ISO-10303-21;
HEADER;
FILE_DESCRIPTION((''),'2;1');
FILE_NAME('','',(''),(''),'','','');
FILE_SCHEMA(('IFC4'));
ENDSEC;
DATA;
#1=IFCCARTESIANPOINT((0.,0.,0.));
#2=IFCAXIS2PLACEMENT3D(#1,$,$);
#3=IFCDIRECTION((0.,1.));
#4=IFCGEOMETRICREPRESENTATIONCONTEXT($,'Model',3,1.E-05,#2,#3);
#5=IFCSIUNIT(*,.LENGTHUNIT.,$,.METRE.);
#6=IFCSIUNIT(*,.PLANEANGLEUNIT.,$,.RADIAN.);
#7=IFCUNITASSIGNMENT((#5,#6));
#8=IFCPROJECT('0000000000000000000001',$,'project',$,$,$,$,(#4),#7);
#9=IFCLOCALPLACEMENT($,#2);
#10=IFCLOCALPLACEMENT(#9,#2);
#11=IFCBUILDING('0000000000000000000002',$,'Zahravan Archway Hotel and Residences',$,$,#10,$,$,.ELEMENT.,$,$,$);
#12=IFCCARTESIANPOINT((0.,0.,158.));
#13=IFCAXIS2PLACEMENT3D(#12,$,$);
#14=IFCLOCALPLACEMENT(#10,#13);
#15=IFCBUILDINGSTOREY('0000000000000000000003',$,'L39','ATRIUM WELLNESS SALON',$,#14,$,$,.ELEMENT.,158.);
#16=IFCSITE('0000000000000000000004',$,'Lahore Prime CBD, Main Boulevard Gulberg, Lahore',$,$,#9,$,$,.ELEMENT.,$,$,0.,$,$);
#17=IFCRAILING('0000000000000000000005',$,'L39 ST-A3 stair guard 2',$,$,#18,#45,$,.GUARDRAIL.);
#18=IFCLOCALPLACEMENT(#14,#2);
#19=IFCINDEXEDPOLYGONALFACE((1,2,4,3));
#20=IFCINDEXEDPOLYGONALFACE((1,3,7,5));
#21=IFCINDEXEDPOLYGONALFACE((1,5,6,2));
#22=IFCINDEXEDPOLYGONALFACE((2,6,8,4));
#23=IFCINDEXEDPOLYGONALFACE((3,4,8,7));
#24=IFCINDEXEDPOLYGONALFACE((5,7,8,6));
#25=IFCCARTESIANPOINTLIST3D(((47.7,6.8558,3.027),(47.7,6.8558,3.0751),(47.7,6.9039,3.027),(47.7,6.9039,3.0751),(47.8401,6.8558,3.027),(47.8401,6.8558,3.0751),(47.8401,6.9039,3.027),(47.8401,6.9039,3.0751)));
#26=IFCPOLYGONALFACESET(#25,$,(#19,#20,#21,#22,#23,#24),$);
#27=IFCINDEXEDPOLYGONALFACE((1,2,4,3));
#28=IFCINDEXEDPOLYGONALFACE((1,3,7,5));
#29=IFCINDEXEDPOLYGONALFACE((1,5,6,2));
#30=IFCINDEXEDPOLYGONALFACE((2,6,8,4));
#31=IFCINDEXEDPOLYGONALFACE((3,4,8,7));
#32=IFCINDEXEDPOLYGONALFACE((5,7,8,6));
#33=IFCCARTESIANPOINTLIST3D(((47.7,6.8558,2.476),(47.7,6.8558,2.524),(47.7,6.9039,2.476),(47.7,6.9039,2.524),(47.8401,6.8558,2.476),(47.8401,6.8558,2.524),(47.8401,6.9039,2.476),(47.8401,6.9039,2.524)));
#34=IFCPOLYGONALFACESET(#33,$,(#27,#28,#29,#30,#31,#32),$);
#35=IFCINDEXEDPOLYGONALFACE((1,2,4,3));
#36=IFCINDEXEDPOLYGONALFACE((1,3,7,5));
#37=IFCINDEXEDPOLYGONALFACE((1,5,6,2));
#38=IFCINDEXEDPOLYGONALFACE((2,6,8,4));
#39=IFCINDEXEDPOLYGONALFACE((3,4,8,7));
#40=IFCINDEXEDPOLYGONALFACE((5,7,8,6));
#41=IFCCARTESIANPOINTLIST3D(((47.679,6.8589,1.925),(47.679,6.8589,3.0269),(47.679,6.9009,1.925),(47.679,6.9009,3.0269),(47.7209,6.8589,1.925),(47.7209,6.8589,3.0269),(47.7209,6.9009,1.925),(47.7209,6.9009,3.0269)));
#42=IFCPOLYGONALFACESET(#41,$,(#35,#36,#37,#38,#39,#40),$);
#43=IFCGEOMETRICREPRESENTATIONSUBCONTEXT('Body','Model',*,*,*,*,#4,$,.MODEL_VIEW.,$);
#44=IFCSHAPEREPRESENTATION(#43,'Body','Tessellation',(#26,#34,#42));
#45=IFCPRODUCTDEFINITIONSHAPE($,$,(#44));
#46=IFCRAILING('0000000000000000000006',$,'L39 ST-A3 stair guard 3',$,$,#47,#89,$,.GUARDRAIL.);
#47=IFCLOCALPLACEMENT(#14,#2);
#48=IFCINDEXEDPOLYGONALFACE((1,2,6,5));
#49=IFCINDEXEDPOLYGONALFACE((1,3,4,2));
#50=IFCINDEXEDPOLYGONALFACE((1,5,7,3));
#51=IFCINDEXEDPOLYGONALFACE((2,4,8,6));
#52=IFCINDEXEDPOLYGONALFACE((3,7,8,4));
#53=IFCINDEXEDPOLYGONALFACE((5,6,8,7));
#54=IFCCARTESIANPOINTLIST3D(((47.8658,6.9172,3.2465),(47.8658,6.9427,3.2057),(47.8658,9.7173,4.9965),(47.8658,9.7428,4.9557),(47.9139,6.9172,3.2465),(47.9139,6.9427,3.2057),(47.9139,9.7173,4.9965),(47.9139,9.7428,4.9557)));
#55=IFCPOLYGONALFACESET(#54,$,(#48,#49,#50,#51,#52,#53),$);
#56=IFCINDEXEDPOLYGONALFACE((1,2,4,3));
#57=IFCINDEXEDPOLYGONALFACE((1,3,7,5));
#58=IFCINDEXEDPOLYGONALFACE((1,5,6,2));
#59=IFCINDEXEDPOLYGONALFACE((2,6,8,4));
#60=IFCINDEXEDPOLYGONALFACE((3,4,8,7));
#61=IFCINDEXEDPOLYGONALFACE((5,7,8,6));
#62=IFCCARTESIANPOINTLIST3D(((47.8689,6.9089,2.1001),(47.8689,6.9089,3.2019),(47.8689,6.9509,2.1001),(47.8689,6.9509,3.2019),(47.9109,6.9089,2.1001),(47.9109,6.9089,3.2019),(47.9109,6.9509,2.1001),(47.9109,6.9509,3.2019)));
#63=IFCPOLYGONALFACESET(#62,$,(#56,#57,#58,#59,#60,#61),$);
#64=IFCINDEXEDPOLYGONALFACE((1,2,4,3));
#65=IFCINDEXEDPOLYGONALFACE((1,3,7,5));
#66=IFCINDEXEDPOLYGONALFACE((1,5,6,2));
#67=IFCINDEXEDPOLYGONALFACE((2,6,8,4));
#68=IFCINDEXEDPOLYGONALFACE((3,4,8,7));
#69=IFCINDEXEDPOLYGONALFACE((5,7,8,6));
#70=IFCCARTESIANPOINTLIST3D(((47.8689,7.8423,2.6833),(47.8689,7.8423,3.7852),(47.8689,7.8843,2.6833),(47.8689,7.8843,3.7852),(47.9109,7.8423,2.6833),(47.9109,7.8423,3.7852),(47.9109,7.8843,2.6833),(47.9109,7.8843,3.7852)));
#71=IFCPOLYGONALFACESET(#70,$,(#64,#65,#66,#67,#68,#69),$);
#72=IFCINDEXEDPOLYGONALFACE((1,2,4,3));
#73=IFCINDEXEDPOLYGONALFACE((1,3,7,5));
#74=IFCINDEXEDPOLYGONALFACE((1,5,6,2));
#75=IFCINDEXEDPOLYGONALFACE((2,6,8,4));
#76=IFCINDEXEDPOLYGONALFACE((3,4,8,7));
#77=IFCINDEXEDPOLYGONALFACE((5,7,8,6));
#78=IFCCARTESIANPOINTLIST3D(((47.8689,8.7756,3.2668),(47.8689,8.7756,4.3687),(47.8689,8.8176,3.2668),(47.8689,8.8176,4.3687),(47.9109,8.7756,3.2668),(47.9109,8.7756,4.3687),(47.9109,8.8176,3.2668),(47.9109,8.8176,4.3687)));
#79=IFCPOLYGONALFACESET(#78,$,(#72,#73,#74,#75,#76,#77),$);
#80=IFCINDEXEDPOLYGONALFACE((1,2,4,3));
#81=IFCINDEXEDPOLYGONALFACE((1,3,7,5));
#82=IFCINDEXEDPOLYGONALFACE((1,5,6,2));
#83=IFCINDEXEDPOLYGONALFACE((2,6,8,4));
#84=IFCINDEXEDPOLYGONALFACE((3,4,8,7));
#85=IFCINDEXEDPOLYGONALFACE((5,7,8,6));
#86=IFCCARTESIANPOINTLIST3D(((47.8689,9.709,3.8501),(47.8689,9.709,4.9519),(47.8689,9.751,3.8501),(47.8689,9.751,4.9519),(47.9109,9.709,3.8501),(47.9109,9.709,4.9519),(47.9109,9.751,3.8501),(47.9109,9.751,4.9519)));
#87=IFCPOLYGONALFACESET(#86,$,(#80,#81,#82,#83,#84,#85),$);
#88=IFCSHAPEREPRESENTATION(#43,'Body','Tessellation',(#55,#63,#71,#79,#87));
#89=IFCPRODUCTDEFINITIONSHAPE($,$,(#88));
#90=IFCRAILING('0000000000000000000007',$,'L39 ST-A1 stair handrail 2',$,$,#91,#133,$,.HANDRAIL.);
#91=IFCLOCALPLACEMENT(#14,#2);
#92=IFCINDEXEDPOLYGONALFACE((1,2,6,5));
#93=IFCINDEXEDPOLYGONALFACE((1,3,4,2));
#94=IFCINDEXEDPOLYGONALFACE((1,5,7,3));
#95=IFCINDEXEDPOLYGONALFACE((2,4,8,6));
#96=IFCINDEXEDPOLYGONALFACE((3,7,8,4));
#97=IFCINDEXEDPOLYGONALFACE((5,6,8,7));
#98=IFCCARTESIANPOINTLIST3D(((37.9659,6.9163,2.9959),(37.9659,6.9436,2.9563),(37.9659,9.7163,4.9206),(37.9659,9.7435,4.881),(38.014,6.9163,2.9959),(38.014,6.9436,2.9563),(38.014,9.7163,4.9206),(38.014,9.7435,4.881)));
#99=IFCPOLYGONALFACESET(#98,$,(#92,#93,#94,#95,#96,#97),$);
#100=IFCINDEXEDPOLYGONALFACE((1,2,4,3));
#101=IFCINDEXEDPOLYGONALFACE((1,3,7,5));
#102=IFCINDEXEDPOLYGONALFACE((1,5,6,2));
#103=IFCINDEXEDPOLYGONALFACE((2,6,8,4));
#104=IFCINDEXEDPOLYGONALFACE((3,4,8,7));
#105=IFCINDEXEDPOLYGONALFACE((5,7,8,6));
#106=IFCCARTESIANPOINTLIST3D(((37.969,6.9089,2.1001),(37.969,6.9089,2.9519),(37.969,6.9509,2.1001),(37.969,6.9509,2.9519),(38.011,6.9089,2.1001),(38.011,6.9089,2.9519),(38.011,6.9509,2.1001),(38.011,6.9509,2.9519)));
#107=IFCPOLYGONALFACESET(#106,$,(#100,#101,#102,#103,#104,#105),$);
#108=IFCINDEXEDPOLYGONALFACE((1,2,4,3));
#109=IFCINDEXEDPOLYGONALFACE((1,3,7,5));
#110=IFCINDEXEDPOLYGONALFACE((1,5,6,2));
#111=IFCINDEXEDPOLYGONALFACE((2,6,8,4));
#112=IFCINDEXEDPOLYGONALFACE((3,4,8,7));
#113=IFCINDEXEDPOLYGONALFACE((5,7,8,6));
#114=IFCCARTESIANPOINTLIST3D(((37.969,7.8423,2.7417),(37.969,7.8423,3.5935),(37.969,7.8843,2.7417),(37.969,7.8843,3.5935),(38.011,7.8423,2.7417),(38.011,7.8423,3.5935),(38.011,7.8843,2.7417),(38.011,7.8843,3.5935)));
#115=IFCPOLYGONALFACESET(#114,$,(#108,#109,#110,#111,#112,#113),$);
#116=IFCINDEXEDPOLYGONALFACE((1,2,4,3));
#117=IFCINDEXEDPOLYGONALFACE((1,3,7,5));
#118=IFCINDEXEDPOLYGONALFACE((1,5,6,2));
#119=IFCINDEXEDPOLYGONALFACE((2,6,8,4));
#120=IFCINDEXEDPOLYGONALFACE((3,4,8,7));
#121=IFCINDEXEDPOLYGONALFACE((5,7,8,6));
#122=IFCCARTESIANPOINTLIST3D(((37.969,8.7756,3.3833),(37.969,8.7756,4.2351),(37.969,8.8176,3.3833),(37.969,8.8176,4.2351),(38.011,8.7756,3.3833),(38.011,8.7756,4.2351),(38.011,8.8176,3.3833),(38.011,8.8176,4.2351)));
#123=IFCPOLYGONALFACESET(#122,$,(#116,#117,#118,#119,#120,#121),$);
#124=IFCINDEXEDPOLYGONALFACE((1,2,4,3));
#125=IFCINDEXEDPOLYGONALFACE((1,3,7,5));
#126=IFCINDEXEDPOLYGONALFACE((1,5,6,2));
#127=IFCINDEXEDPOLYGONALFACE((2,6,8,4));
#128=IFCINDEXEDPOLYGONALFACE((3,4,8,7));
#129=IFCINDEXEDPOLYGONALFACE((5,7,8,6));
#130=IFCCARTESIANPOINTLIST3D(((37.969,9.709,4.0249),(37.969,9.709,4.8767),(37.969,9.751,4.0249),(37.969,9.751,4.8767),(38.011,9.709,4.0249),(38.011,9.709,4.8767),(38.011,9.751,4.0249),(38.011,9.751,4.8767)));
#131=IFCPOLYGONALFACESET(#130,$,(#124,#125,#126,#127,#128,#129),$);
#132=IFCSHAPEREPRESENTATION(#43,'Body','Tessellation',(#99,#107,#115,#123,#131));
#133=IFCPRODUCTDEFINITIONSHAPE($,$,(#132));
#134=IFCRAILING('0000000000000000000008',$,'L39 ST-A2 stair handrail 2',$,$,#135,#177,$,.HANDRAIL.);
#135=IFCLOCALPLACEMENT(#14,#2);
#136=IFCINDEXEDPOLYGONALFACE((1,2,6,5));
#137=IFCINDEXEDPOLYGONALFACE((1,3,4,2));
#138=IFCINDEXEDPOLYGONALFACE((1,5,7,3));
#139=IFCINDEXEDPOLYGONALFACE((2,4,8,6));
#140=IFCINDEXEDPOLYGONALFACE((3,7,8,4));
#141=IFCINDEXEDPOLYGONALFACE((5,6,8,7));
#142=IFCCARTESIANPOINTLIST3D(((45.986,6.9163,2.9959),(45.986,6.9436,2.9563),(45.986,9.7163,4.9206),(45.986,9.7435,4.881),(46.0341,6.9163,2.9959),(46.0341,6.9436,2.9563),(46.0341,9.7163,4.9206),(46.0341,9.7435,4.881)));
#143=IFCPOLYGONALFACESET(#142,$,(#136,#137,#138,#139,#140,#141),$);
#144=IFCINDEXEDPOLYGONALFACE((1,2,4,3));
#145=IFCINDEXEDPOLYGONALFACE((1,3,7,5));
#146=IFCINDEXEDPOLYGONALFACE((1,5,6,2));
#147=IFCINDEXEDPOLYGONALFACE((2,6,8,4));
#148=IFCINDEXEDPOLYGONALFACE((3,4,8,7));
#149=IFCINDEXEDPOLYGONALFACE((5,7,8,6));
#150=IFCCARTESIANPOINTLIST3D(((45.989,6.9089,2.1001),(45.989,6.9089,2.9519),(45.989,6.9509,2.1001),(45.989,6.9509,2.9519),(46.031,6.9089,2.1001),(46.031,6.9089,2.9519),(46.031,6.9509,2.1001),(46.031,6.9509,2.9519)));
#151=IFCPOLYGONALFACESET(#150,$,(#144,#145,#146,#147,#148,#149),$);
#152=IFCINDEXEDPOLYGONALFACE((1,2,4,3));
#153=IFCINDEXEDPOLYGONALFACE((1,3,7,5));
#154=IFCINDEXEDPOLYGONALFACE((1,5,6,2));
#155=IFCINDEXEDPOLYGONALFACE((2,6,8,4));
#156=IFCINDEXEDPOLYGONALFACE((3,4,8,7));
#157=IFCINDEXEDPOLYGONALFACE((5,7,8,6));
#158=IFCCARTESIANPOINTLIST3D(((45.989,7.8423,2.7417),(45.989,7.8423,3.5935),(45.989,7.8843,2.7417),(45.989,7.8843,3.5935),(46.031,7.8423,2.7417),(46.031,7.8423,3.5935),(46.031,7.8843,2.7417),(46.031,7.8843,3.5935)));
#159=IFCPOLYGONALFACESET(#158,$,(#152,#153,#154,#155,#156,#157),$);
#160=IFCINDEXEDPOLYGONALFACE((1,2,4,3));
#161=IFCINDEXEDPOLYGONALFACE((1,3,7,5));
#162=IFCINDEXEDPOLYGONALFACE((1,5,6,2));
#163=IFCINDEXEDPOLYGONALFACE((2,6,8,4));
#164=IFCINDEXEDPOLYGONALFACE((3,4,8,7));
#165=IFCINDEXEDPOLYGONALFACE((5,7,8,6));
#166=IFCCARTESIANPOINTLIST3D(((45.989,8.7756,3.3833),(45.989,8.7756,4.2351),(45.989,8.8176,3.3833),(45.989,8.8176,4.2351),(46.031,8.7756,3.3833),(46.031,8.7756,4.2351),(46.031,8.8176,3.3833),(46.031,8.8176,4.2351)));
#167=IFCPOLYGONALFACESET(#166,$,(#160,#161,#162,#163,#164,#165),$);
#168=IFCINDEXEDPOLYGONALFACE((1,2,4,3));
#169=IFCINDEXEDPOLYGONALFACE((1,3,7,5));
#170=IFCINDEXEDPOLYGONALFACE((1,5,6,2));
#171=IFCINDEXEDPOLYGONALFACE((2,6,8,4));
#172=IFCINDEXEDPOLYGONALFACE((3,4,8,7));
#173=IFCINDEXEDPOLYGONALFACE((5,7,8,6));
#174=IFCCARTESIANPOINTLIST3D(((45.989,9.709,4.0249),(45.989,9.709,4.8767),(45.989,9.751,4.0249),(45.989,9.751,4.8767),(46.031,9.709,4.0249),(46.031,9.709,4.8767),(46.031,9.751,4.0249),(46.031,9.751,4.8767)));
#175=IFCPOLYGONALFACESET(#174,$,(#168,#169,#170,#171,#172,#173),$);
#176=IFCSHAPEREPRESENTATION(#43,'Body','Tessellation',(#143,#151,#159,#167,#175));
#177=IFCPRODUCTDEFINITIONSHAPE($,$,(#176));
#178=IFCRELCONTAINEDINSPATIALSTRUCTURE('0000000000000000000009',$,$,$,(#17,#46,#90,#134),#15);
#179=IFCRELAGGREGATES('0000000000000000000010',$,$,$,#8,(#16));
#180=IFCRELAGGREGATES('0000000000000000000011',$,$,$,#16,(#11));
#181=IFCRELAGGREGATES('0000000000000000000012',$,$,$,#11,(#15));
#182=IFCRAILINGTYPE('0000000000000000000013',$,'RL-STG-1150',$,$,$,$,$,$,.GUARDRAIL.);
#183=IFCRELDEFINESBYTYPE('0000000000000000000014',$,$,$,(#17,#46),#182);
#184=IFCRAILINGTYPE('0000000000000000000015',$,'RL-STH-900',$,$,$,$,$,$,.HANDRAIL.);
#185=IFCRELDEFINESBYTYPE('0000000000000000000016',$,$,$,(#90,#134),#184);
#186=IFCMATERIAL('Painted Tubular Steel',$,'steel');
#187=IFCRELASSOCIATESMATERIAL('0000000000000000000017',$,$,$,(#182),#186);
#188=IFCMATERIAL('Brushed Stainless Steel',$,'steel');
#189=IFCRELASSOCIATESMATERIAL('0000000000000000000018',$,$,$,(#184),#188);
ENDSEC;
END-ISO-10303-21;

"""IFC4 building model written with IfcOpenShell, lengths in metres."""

from ifc_helpers import new_model, si_unit, direction, frame, origin, origin_2d, place, context, subcontext, project, spatial, rectangle, extrude, material, type_object, element, save


model = new_model("IFC4")

# Units and contexts
model_context = context("Model", 3, precision=1e-05, world=origin(), true_north=direction((0.0, 1.0)))
body_context = subcontext(model_context, "Body", "Model", "MODEL_VIEW")
ifc_project = project(units=[si_unit("LENGTHUNIT", "METRE"), si_unit("PLANEANGLEUNIT", "RADIAN")], contexts=[model_context])

# Site, building, storey
site_placement = place(None, origin())
site = spatial("IfcSite", under=ifc_project, at=site_placement, Name="Lahore Prime CBD, Main Boulevard Gulberg, Lahore", CompositionType="ELEMENT", RefElevation=0.0)
building_placement = place(site_placement, origin())
building = spatial("IfcBuilding", under=site, at=building_placement, Name="Zahravan Archway Hotel and Residences", CompositionType="ELEMENT")
storey_placement = place(building_placement, frame((0.0, 0.0, 158.0)))
storey = spatial("IfcBuildingStorey", under=building, at=storey_placement, Name="L39", Description="ATRIUM WELLNESS SALON", CompositionType="ELEMENT", Elevation=158.0)

# Railings
ifc_material_1 = material(Name="Painted Tubular Steel", Category="steel")
railing_type_1 = type_object("IfcRailingType", Name="RL-STG-1150", PredefinedType="GUARDRAIL", material=ifc_material_1)
railing_1_placement = place(storey_placement, frame((47.7, 6.8799, 1.925)))
element("IfcRailing", 1, at=railing_1_placement, inside=storey, type_object=railing_type_1, Name="L39 ST-A3 stair guard 2", PredefinedType="GUARDRAIL", context=body_context, shape_type="SweptSolid", body=[
    extrude(rectangle(XDim=0.0481, YDim=0.0481, at=origin_2d()), frame((0.0, 0.0, 1.126), z_axis=(1.0, 0.0, 0.0), x_axis=(0.0, 1.0, 0.0)), (0.0, 0.0, 1.0), 0.1401),
    extrude(rectangle(XDim=0.0481, YDim=0.0481, at=origin_2d()), frame((0.0, 0.0, 0.575), z_axis=(1.0, 0.0, 0.0), x_axis=(0.0, 1.0, 0.0)), (0.0, 0.0, 1.0), 0.1401),
    extrude(rectangle(XDim=0.042, YDim=0.042, at=origin_2d()), origin(), (0.0, 0.0, 1.0), 1.1018),
])
railing_2_placement = place(storey_placement, frame((47.8899, 6.9299, 2.1001)))
element("IfcRailing", 2, at=railing_2_placement, inside=storey, type_object=railing_type_1, Name="L39 ST-A3 stair guard 3", PredefinedType="GUARDRAIL", context=body_context, shape_type="SweptSolid", body=[
    extrude(rectangle(XDim=0.0481, YDim=0.0481, at=origin_2d()), frame((0.0, 0.0, 1.126), z_axis=(0.0, 0.848002, 0.529992), x_axis=(-1.0, 0.0, 0.0)), (0.0, 0.0, 1.0), 3.302),
    extrude(rectangle(XDim=0.042, YDim=0.042, at=origin_2d()), origin(), (0.0, 0.0, 1.0), 1.1018),
    extrude(rectangle(XDim=0.042, YDim=0.042, at=origin_2d()), frame((0.0, 0.9333, 0.5833)), (0.0, 0.0, 1.0), 1.1018),
    extrude(rectangle(XDim=0.042, YDim=0.042, at=origin_2d()), frame((0.0, 1.8667, 1.1667)), (0.0, 0.0, 1.0), 1.1018),
    extrude(rectangle(XDim=0.042, YDim=0.042, at=origin_2d()), frame((0.0, 2.8, 1.75)), (0.0, 0.0, 1.0), 1.1018),
])
ifc_material_2 = material(Name="Brushed Stainless Steel", Category="steel")
railing_type_2 = type_object("IfcRailingType", Name="RL-STH-900", PredefinedType="HANDRAIL", material=ifc_material_2)
for number, where, name in (
    (3, (37.99, 6.9299, 2.1001), "L39 ST-A1 stair handrail 2"),
    (4, (46.01, 6.9299, 2.1001), "L39 ST-A2 stair handrail 2"),
):
    element("IfcRailing", number, at=place(storey_placement, frame(where)), inside=storey, type_object=railing_type_2, Name=name, PredefinedType="HANDRAIL", context=body_context, shape_type="SweptSolid", body=[
        extrude(rectangle(XDim=0.0481, YDim=0.0481, at=origin_2d()), frame((0.0, 0.0, 0.876), z_axis=(0.0, 0.824073, 0.566483), x_axis=(-1.0, 0.0, 0.0)), (0.0, 0.0, 1.0), 3.3977),
        extrude(rectangle(XDim=0.042, YDim=0.042, at=origin_2d()), origin(), (0.0, 0.0, 1.0), 0.8518),
        extrude(rectangle(XDim=0.042, YDim=0.042, at=origin_2d()), frame((0.0, 0.9333, 0.6416)), (0.0, 0.0, 1.0), 0.8518),
        extrude(rectangle(XDim=0.042, YDim=0.042, at=origin_2d()), frame((0.0, 1.8667, 1.2832)), (0.0, 0.0, 1.0), 0.8518),
        extrude(rectangle(XDim=0.042, YDim=0.042, at=origin_2d()), frame((0.0, 2.8, 1.9248)), (0.0, 0.0, 1.0), 0.8518),
    ])

save(model, "model.ifc")
